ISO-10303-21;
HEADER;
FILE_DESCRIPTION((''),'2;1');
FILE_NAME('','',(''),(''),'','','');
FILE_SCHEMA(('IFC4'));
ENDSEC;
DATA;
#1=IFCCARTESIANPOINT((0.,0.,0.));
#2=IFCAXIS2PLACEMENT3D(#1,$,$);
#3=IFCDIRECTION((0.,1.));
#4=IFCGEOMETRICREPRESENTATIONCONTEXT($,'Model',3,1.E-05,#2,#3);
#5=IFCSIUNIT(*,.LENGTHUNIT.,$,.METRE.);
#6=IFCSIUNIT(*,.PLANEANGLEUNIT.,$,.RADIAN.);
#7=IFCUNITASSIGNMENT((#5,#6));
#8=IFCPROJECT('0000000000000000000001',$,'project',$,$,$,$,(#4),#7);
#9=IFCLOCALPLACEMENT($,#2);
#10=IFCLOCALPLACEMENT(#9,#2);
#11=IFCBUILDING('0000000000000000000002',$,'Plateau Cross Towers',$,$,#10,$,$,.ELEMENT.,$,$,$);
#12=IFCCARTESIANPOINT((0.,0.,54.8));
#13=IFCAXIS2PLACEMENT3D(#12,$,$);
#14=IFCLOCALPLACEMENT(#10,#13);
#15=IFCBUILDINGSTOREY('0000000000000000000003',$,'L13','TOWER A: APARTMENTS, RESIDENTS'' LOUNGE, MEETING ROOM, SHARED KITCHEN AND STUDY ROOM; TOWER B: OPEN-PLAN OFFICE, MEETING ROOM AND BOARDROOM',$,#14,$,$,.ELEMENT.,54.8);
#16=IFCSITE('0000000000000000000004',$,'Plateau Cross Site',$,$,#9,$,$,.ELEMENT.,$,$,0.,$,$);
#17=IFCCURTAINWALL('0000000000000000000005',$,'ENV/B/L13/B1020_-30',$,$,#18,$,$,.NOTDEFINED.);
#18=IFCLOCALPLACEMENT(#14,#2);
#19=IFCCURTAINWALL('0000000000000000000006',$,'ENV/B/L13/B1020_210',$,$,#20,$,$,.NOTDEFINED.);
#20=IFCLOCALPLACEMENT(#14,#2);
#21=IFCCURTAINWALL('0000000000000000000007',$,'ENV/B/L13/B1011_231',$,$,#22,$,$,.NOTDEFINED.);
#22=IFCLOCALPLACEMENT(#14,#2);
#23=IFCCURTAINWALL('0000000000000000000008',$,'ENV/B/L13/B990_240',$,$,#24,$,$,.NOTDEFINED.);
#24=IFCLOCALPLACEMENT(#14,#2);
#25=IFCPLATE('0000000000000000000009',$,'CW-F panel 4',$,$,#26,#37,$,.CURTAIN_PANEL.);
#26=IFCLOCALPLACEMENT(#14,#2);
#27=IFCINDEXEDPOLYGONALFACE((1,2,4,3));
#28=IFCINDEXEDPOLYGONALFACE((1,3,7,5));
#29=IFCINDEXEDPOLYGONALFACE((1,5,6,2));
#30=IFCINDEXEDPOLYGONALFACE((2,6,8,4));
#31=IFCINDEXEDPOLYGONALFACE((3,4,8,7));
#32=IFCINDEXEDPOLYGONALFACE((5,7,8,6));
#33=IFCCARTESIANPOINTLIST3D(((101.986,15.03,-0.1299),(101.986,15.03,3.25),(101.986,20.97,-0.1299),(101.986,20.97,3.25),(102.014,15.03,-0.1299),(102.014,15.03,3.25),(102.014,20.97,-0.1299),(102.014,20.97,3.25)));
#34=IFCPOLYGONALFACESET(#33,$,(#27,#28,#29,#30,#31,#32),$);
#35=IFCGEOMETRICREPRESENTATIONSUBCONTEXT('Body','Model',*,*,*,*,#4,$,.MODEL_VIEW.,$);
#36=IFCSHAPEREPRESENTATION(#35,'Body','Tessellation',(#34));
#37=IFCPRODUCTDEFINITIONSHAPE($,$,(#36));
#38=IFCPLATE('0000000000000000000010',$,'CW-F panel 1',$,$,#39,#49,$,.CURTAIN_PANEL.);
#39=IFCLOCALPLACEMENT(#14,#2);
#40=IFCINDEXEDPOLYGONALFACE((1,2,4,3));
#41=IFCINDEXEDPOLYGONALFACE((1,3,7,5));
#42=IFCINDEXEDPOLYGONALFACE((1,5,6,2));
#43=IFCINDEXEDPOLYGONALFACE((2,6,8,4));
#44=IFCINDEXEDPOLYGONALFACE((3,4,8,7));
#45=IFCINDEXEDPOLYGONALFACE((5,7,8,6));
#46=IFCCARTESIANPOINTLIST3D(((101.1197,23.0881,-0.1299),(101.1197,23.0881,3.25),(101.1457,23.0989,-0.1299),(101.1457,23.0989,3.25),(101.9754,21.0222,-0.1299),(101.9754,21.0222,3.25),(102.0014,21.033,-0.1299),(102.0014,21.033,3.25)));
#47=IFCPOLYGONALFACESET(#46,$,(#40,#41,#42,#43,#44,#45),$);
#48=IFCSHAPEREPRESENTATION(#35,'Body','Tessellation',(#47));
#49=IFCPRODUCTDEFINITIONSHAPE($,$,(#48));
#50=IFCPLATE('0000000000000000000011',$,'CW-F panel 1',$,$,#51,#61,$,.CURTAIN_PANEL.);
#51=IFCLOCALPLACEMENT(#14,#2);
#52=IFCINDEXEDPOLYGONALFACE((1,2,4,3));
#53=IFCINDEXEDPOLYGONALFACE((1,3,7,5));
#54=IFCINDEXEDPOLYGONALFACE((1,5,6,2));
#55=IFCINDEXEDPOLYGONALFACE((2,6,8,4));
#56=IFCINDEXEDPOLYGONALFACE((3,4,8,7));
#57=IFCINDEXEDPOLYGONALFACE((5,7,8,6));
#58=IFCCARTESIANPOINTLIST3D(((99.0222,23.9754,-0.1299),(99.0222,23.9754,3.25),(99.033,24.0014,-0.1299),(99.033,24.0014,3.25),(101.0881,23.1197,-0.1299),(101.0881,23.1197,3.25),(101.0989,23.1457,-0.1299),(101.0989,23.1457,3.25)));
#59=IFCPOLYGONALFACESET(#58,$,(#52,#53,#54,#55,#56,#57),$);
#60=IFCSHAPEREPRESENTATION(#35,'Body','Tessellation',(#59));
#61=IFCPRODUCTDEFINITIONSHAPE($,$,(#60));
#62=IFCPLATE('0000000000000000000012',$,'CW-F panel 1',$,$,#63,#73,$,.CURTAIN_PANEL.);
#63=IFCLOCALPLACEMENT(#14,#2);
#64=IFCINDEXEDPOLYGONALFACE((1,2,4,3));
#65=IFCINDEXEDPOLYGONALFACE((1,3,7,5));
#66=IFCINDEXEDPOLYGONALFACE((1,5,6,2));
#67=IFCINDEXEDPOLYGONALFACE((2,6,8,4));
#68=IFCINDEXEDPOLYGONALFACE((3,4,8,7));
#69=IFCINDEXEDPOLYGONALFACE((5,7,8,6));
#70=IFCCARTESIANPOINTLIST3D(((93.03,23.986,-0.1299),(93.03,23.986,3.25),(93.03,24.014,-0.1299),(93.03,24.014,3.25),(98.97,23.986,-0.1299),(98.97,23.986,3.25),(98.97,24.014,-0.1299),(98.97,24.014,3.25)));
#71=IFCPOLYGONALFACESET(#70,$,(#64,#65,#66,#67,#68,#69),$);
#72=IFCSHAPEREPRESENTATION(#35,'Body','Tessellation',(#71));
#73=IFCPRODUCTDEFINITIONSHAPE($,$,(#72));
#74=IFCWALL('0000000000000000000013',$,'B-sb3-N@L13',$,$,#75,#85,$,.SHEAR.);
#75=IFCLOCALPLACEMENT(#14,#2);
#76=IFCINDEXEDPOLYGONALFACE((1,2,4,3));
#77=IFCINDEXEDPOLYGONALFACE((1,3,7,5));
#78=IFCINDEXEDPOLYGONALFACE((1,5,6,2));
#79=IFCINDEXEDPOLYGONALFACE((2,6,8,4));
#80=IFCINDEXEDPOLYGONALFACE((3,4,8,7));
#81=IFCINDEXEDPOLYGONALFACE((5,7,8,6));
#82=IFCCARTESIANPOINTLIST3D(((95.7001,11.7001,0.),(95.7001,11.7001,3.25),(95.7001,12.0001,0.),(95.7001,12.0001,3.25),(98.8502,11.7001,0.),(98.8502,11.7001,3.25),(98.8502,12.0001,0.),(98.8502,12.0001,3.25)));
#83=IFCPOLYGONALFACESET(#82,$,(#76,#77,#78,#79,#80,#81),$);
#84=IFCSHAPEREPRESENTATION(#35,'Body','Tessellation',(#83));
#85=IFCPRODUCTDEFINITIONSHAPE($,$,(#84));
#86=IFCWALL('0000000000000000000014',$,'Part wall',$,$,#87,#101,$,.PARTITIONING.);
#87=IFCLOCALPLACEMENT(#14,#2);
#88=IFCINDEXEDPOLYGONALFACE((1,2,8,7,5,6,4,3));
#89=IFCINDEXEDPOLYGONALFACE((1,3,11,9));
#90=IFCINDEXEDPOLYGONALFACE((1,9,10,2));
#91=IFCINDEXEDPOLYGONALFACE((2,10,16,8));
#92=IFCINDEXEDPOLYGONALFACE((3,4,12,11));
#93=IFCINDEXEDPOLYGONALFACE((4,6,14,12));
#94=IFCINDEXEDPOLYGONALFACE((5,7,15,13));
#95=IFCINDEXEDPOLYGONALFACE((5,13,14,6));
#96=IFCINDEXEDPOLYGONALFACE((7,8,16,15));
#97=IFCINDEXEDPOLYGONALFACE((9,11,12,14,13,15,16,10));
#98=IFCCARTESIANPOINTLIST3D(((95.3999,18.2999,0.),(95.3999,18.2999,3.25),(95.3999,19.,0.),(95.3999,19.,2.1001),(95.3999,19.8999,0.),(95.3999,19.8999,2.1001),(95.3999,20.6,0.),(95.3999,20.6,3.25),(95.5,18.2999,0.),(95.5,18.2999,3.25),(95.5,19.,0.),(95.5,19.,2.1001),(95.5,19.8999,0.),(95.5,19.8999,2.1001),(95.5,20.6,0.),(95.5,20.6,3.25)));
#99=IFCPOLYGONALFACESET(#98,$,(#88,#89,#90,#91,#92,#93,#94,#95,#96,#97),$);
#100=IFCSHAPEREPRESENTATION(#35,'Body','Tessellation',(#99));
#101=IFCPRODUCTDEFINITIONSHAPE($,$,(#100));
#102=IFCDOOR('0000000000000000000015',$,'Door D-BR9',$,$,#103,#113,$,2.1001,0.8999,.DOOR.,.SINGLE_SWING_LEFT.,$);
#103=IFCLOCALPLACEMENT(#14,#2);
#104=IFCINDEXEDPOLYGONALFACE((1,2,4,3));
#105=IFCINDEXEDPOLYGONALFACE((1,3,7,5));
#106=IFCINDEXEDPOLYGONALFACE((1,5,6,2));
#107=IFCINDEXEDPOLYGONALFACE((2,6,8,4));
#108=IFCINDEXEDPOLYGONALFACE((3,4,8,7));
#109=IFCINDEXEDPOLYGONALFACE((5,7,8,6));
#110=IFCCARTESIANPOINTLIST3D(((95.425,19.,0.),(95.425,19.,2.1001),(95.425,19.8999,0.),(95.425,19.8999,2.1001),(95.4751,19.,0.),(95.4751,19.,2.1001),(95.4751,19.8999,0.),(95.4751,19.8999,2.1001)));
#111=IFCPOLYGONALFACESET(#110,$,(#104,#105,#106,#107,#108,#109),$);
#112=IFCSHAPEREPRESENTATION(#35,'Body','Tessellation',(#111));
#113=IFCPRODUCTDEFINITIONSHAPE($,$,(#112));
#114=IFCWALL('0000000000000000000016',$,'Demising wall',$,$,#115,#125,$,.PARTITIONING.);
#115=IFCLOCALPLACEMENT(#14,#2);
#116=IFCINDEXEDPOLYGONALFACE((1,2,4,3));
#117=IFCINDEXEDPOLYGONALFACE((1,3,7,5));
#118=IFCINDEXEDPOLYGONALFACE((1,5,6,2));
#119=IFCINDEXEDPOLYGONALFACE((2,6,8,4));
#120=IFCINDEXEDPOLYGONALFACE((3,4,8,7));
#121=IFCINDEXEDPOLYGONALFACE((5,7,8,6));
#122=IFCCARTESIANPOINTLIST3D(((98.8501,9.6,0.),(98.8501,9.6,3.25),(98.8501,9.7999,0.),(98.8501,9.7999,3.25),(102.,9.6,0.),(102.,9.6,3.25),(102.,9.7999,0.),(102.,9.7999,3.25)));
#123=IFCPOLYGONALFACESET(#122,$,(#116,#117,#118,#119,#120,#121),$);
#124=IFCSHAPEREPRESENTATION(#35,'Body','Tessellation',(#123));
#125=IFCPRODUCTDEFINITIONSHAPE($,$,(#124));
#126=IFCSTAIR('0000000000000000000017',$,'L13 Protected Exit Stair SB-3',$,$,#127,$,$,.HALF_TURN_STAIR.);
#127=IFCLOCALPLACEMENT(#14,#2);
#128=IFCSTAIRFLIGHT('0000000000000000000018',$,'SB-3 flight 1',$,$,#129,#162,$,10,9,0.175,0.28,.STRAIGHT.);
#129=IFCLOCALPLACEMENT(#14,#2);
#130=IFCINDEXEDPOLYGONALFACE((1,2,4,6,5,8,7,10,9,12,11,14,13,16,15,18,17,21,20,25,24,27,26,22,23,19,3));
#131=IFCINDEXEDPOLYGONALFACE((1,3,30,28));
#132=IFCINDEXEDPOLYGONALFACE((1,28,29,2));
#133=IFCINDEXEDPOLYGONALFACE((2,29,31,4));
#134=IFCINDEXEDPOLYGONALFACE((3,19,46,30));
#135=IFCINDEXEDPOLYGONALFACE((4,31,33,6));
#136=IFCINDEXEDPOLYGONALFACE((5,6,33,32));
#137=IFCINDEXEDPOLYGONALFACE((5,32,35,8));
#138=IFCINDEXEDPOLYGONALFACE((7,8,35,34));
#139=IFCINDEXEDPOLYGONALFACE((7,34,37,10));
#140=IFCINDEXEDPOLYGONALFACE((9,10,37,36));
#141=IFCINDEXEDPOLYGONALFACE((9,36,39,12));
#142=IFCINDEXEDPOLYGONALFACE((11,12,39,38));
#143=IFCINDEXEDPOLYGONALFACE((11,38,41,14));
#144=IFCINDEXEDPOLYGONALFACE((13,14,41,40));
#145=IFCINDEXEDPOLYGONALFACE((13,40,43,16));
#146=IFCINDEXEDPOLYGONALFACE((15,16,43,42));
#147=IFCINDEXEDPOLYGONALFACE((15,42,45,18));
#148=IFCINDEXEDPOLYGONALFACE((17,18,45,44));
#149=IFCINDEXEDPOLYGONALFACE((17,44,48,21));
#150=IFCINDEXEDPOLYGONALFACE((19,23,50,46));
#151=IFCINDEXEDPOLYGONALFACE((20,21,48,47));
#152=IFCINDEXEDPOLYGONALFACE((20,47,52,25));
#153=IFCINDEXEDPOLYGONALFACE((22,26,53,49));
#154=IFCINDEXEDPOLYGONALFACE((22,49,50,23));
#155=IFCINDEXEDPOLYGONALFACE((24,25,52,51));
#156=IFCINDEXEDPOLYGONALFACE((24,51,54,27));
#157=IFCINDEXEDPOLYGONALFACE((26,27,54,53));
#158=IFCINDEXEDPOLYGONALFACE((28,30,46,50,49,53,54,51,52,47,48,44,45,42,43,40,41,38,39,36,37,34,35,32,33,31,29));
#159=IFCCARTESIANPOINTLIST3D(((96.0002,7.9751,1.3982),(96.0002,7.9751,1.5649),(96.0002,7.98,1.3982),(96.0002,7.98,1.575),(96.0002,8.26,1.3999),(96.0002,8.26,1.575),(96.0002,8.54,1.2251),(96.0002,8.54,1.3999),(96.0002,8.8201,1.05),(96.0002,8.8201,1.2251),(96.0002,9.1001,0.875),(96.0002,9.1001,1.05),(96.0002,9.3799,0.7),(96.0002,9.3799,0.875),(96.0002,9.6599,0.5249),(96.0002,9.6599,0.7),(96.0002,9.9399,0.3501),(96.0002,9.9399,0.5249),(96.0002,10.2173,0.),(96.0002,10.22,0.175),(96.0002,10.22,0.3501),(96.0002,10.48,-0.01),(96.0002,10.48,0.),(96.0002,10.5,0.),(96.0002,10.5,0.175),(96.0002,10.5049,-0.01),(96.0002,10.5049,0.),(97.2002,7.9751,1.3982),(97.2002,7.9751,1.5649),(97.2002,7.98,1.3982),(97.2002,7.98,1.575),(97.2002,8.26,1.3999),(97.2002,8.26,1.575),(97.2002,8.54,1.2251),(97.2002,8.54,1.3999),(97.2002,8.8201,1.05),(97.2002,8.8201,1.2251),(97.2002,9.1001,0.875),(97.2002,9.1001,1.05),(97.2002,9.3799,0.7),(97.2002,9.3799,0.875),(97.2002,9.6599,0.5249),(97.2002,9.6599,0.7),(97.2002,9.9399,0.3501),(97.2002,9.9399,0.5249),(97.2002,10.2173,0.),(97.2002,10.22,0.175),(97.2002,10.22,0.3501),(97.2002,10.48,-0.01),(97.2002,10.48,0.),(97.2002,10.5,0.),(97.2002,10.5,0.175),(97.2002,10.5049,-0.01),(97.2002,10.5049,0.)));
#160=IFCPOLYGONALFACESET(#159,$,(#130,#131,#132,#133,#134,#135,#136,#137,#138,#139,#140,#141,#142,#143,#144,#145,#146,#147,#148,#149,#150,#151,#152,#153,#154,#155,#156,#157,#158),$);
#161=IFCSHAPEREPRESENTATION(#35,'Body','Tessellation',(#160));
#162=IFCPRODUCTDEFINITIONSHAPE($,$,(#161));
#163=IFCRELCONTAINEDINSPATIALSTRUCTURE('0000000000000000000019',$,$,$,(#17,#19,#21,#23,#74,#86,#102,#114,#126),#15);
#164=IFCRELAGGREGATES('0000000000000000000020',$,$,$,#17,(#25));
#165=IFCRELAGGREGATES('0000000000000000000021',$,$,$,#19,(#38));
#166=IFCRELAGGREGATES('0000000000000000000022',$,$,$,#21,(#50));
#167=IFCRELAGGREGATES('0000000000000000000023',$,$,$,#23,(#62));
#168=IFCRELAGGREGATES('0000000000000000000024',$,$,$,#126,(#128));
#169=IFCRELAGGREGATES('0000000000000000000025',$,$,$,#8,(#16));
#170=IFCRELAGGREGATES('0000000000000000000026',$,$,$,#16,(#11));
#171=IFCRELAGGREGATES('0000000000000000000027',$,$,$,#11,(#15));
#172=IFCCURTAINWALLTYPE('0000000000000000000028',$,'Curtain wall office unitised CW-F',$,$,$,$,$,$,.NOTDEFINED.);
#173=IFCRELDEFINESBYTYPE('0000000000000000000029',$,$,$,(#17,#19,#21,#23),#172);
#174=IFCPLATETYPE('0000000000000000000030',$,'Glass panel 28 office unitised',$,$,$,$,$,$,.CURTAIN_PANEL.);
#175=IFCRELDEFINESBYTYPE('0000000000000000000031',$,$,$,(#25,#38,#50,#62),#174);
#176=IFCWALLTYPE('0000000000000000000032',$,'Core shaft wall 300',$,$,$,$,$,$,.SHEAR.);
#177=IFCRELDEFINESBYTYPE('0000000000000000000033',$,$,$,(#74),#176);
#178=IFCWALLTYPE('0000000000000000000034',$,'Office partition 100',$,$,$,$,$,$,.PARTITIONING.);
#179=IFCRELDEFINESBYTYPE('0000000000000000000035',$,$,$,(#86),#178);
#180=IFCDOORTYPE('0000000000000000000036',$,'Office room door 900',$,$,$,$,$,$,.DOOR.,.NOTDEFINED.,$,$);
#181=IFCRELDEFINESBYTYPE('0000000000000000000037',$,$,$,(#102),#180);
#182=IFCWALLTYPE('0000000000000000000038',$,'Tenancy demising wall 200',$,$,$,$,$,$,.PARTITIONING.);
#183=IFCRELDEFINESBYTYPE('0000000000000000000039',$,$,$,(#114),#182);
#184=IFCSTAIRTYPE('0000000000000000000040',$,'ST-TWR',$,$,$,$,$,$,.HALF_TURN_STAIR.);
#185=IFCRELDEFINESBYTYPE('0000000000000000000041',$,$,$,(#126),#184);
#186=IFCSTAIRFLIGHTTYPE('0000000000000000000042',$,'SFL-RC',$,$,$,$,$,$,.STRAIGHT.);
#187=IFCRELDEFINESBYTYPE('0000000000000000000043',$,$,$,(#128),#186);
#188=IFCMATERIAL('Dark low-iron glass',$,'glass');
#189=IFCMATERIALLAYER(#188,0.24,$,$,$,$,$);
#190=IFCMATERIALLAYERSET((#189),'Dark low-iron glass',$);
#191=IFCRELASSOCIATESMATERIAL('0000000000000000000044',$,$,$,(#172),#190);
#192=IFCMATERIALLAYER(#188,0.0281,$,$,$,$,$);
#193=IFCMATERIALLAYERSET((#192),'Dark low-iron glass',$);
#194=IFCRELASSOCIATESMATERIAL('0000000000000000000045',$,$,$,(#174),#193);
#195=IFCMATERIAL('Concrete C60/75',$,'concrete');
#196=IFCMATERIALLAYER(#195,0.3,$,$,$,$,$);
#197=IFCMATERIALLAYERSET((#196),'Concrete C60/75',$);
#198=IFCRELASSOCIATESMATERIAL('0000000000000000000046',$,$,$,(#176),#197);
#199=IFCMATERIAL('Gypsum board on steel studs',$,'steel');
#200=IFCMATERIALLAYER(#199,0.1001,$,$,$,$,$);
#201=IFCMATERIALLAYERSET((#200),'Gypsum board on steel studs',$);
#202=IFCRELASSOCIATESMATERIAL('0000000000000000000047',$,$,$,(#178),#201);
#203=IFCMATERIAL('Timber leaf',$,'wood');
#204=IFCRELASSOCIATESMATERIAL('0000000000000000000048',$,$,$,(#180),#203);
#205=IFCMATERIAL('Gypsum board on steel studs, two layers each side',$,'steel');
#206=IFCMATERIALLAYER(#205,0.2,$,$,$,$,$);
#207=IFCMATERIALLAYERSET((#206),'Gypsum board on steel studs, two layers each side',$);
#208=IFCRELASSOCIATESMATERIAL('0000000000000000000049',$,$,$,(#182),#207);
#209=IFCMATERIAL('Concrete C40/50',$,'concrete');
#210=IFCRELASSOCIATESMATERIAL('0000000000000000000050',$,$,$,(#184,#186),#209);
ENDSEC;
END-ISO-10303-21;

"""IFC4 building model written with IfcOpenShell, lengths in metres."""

from ifc_helpers import new_model, si_unit, direction, frame, frame_2d, origin, origin_2d, place, context, subcontext, project, spatial, polyline, rectangle, outline, extrude, material, layer, layer_set, type_object, element, fill, aggregate, save


model = new_model("IFC4")

# Units and contexts
model_context = context("Model", 3, precision=1e-05, world=origin(), true_north=direction((0.0, 1.0)))
body_context = subcontext(model_context, "Body", "Model", "MODEL_VIEW")
ifc_project = project(units=[si_unit("LENGTHUNIT", "METRE"), si_unit("PLANEANGLEUNIT", "RADIAN")], contexts=[model_context])

# Site, building, storey
site_placement = place(None, origin())
site = spatial("IfcSite", under=ifc_project, at=site_placement, Name="Plateau Cross Site", CompositionType="ELEMENT", RefElevation=0.0)
building_placement = place(site_placement, origin())
building = spatial("IfcBuilding", under=site, at=building_placement, Name="Plateau Cross Towers", CompositionType="ELEMENT")
storey_placement = place(building_placement, frame((0.0, 0.0, 54.8)))
storey = spatial("IfcBuildingStorey", under=building, at=storey_placement, Name="L13", Description="TOWER A: APARTMENTS, RESIDENTS' LOUNGE, MEETING ROOM, SHARED KITCHEN AND STUDY ROOM; TOWER B: OPEN-PLAN OFFICE, MEETING ROOM AND BOARDROOM", CompositionType="ELEMENT", Elevation=54.8)

# Shared definitions
ifc_material_1 = material(Name="Concrete C60/75", Category="concrete")

# Curtain wall
ifc_material_2 = material(Name="Dark low-iron glass", Category="glass")
ifc_layer_1 = layer(ifc_material_2, 0.24)
ifc_layer_set_1 = layer_set([ifc_layer_1], Name="Dark low-iron glass")
curtain_wall_type = type_object("IfcCurtainWallType", Name="Curtain wall office unitised CW-F", PredefinedType="NOTDEFINED", material=ifc_layer_set_1)
curtain_wall_1_placement = place(storey_placement, origin())
curtain_wall_1 = element("IfcCurtainWall", 1, at=curtain_wall_1_placement, inside=storey, type_object=curtain_wall_type, Name="ENV/B/L13/B1020_-30", PredefinedType="NOTDEFINED")

# Curtain walls
curtain_wall_2_placement = place(storey_placement, origin())
curtain_wall_2 = element("IfcCurtainWall", 2, at=curtain_wall_2_placement, inside=storey, type_object=curtain_wall_type, Name="ENV/B/L13/B1020_210", PredefinedType="NOTDEFINED")
curtain_wall_3_placement = place(storey_placement, origin())
curtain_wall_3 = element("IfcCurtainWall", 3, at=curtain_wall_3_placement, inside=storey, type_object=curtain_wall_type, Name="ENV/B/L13/B1011_231", PredefinedType="NOTDEFINED")

# Curtain wall
curtain_wall_4_placement = place(storey_placement, origin())
curtain_wall_4 = element("IfcCurtainWall", 4, at=curtain_wall_4_placement, inside=storey, type_object=curtain_wall_type, Name="ENV/B/L13/B990_240", PredefinedType="NOTDEFINED")

# Plates
ifc_layer_2 = layer(ifc_material_2, 0.0281)
ifc_layer_set_2 = layer_set([ifc_layer_2], Name="Dark low-iron glass")
plate_type = type_object("IfcPlateType", Name="Glass panel 28 office unitised", PredefinedType="CURTAIN_PANEL", material=ifc_layer_set_2)
plate_1_placement = place(storey_placement, frame((102.0, 18.0, -0.1299), z_axis=(0.0, 0.0, 1.0), x_axis=(0.0, 1.0, 0.0)))
plate_1 = element("IfcPlate", 5, at=plate_1_placement, type_object=plate_type, Name="CW-F panel 4", PredefinedType="CURTAIN_PANEL", context=body_context, shape_type="SweptSolid", body=[
    extrude(rectangle(XDim=5.9399, YDim=0.0281, at=origin_2d()), origin(), (0.0, 0.0, 1.0), 3.3799),
])
aggregate(curtain_wall_1, [plate_1])
plate_2_placement = place(storey_placement, frame((101.5605, 22.0605, -0.1299), z_axis=(0.0, 0.0, 1.0), x_axis=(-0.382684, 0.923879, 0.0)))
plate_2 = element("IfcPlate", 6, at=plate_2_placement, type_object=plate_type, Name="CW-F panel 1", PredefinedType="CURTAIN_PANEL", context=body_context, shape_type="SweptSolid", body=[
    extrude(rectangle(XDim=2.2361, YDim=0.0281, at=origin_2d()), origin(), (0.0, 0.0, 1.0), 3.3799),
])
aggregate(curtain_wall_2, [plate_2])
plate_3_placement = place(storey_placement, frame((100.0605, 23.5605, -0.1299), z_axis=(0.0, 0.0, 1.0), x_axis=(-0.923879, 0.382684, 0.0)))
plate_3 = element("IfcPlate", 7, at=plate_3_placement, type_object=plate_type, Name="CW-F panel 1", PredefinedType="CURTAIN_PANEL", context=body_context, shape_type="SweptSolid", body=[
    extrude(rectangle(XDim=2.2361, YDim=0.0281, at=origin_2d()), origin(), (0.0, 0.0, 1.0), 3.3799),
])
aggregate(curtain_wall_3, [plate_3])
plate_4_placement = place(storey_placement, frame((96.0, 24.0, -0.1299), z_axis=(0.0, 0.0, 1.0), x_axis=(-1.0, 0.0, 0.0)))
plate_4 = element("IfcPlate", 8, at=plate_4_placement, type_object=plate_type, Name="CW-F panel 1", PredefinedType="CURTAIN_PANEL", context=body_context, shape_type="SweptSolid", body=[
    extrude(rectangle(XDim=5.9399, YDim=0.0281, at=origin_2d()), origin(), (0.0, 0.0, 1.0), 3.3799),
])
aggregate(curtain_wall_4, [plate_4])

# Wall
ifc_layer_3 = layer(ifc_material_1, 0.3)
ifc_layer_set_3 = layer_set([ifc_layer_3], Name="Concrete C60/75")
wall_type_1 = type_object("IfcWallType", Name="Core shaft wall 300", PredefinedType="SHEAR", material=ifc_layer_set_3)
wall_1_placement = place(storey_placement, frame((95.7, 11.8501, 0.0), z_axis=(0.0, 0.0, 1.0), x_axis=(1.0, 0.0, 0.0)))
element("IfcWall", 9, at=wall_1_placement, inside=storey, type_object=wall_type_1, Name="B-sb3-N@L13", PredefinedType="SHEAR", context=body_context, shape_type="SweptSolid", body=[
    extrude(rectangle(XDim=3.1501, YDim=0.3, at=frame_2d((1.5752, 0.0))), origin(), (0.0, 0.0, 1.0), 3.25),
])

# Wall, opening, door
ifc_material_3 = material(Name="Gypsum board on steel studs", Category="steel")
ifc_layer_4 = layer(ifc_material_3, 0.1001)
ifc_layer_set_4 = layer_set([ifc_layer_4], Name="Gypsum board on steel studs")
wall_type_2 = type_object("IfcWallType", Name="Office partition 100", PredefinedType="PARTITIONING", material=ifc_layer_set_4)
wall_2_placement = place(storey_placement, frame((95.45, 18.3, 0.0), z_axis=(0.0, 0.0, 1.0), x_axis=(0.0, 1.0, 0.0)))
wall_2 = element("IfcWall", 10, at=wall_2_placement, inside=storey, type_object=wall_type_2, Name="Part wall", PredefinedType="PARTITIONING", context=body_context, shape_type="SweptSolid", body=[
    extrude(rectangle(XDim=2.3, YDim=0.1001, at=frame_2d((1.1499, 0.0))), origin(), (0.0, 0.0, 1.0), 3.25),
])
opening_1_placement = place(wall_2_placement, frame((0.7, 0.0, 0.0)))
opening_1 = element("IfcOpeningElement", 11, at=opening_1_placement, cuts=wall_2, PredefinedType="OPENING", context=body_context, shape_type="SweptSolid", body=[
    extrude(rectangle(XDim=0.8999, YDim=2.1001, at=frame_2d((0.45, 1.05))), frame((0.0, 0.0601, 0.0), z_axis=(0.0, -1.0, 0.0), x_axis=(1.0, 0.0, 0.0)), (0.0, 0.0, 1.0), 0.1201),
])
ifc_material_4 = material(Name="Timber leaf", Category="wood")
door_type_1 = type_object("IfcDoorType", Name="Office room door 900", OperationType="NOTDEFINED", PredefinedType="DOOR", material=ifc_material_4)
door_1_placement = place(opening_1_placement, origin())
door_1 = element("IfcDoor", 12, at=door_1_placement, inside=storey, type_object=door_type_1, Name="Door D-BR9", OperationType="SINGLE_SWING_LEFT", OverallHeight=2.1001, OverallWidth=0.8999, PredefinedType="DOOR", context=body_context, shape_type="SweptSolid", body=[
    extrude(rectangle(XDim=0.8999, YDim=2.1001, at=frame_2d((0.45, 1.05))), frame((0.0, 0.0249, 0.0), z_axis=(0.0, -1.0, 0.0), x_axis=(1.0, 0.0, 0.0)), (0.0, 0.0, 1.0), 0.05),
])
fill(opening_1, door_1)

# Wall
ifc_material_5 = material(Name="Gypsum board on steel studs, two layers each side", Category="steel")
ifc_layer_5 = layer(ifc_material_5, 0.2)
ifc_layer_set_5 = layer_set([ifc_layer_5], Name="Gypsum board on steel studs, two layers each side")
wall_type_3 = type_object("IfcWallType", Name="Tenancy demising wall 200", PredefinedType="PARTITIONING", material=ifc_layer_set_5)
wall_3_placement = place(storey_placement, frame((98.8501, 9.7, 0.0), z_axis=(0.0, 0.0, 1.0), x_axis=(1.0, 0.0, 0.0)))
element("IfcWall", 13, at=wall_3_placement, inside=storey, type_object=wall_type_3, Name="Demising wall", PredefinedType="PARTITIONING", context=body_context, shape_type="SweptSolid", body=[
    extrude(rectangle(XDim=3.1499, YDim=0.2, at=frame_2d((1.575, 0.0))), origin(), (0.0, 0.0, 1.0), 3.25),
])

# Stair, stair flight
ifc_material_6 = material(Name="Concrete C40/50", Category="concrete")
stair_type = type_object("IfcStairType", Name="ST-TWR", PredefinedType="HALF_TURN_STAIR", material=ifc_material_6)
stair_placement = place(storey_placement, origin())
stair = element("IfcStair", 14, at=stair_placement, inside=storey, type_object=stair_type, Name="L13 Protected Exit Stair SB-3", PredefinedType="HALF_TURN_STAIR")
stair_flight_type = type_object("IfcStairFlightType", Name="SFL-RC", PredefinedType="STRAIGHT", material=ifc_material_6)
stair_flight_1_placement = place(storey_placement, frame((96.6001, 10.5, 0.0), z_axis=(0.0, 0.0, 1.0), x_axis=(0.0, -1.0, 0.0)))
stair_flight_1 = element("IfcStairFlight", 15, at=stair_flight_1_placement, type_object=stair_flight_type, Name="SB-3 flight 1", NumberOfRisers=10, NumberOfTreads=9, PredefinedType="STRAIGHT", RiserHeight=0.175, TreadLength=0.28, context=body_context, shape_type="SweptSolid", body=[
    extrude(outline(polyline([(-0.0049, -0.01), (-0.0049, 0.0), (0.0, 0.0), (0.0, 0.175), (0.28, 0.175), (0.28, 0.3501), (0.5601, 0.3501), (0.5601, 0.5249), (0.8401, 0.5249), (0.8401, 0.7), (1.1201, 0.7), (1.1201, 0.875), (1.3999, 0.875), (1.3999, 1.05), (1.6799, 1.05), (1.6799, 1.2251), (1.96, 1.2251), (1.96, 1.3999), (2.24, 1.3999), (2.24, 1.575), (2.52, 1.575), (2.5249, 1.5649), (2.5249, 1.3982), (2.52, 1.3982), (0.2827, 0.0), (0.02, 0.0), (0.02, -0.01), (-0.0049, -0.01)])), frame((0.0, 0.6001, 0.0), z_axis=(0.0, -1.0, 0.0), x_axis=(1.0, 0.0, 0.0)), (0.0, 0.0, 1.0), 1.2),
])
aggregate(stair, [stair_flight_1])

save(model, "model.ifc")
